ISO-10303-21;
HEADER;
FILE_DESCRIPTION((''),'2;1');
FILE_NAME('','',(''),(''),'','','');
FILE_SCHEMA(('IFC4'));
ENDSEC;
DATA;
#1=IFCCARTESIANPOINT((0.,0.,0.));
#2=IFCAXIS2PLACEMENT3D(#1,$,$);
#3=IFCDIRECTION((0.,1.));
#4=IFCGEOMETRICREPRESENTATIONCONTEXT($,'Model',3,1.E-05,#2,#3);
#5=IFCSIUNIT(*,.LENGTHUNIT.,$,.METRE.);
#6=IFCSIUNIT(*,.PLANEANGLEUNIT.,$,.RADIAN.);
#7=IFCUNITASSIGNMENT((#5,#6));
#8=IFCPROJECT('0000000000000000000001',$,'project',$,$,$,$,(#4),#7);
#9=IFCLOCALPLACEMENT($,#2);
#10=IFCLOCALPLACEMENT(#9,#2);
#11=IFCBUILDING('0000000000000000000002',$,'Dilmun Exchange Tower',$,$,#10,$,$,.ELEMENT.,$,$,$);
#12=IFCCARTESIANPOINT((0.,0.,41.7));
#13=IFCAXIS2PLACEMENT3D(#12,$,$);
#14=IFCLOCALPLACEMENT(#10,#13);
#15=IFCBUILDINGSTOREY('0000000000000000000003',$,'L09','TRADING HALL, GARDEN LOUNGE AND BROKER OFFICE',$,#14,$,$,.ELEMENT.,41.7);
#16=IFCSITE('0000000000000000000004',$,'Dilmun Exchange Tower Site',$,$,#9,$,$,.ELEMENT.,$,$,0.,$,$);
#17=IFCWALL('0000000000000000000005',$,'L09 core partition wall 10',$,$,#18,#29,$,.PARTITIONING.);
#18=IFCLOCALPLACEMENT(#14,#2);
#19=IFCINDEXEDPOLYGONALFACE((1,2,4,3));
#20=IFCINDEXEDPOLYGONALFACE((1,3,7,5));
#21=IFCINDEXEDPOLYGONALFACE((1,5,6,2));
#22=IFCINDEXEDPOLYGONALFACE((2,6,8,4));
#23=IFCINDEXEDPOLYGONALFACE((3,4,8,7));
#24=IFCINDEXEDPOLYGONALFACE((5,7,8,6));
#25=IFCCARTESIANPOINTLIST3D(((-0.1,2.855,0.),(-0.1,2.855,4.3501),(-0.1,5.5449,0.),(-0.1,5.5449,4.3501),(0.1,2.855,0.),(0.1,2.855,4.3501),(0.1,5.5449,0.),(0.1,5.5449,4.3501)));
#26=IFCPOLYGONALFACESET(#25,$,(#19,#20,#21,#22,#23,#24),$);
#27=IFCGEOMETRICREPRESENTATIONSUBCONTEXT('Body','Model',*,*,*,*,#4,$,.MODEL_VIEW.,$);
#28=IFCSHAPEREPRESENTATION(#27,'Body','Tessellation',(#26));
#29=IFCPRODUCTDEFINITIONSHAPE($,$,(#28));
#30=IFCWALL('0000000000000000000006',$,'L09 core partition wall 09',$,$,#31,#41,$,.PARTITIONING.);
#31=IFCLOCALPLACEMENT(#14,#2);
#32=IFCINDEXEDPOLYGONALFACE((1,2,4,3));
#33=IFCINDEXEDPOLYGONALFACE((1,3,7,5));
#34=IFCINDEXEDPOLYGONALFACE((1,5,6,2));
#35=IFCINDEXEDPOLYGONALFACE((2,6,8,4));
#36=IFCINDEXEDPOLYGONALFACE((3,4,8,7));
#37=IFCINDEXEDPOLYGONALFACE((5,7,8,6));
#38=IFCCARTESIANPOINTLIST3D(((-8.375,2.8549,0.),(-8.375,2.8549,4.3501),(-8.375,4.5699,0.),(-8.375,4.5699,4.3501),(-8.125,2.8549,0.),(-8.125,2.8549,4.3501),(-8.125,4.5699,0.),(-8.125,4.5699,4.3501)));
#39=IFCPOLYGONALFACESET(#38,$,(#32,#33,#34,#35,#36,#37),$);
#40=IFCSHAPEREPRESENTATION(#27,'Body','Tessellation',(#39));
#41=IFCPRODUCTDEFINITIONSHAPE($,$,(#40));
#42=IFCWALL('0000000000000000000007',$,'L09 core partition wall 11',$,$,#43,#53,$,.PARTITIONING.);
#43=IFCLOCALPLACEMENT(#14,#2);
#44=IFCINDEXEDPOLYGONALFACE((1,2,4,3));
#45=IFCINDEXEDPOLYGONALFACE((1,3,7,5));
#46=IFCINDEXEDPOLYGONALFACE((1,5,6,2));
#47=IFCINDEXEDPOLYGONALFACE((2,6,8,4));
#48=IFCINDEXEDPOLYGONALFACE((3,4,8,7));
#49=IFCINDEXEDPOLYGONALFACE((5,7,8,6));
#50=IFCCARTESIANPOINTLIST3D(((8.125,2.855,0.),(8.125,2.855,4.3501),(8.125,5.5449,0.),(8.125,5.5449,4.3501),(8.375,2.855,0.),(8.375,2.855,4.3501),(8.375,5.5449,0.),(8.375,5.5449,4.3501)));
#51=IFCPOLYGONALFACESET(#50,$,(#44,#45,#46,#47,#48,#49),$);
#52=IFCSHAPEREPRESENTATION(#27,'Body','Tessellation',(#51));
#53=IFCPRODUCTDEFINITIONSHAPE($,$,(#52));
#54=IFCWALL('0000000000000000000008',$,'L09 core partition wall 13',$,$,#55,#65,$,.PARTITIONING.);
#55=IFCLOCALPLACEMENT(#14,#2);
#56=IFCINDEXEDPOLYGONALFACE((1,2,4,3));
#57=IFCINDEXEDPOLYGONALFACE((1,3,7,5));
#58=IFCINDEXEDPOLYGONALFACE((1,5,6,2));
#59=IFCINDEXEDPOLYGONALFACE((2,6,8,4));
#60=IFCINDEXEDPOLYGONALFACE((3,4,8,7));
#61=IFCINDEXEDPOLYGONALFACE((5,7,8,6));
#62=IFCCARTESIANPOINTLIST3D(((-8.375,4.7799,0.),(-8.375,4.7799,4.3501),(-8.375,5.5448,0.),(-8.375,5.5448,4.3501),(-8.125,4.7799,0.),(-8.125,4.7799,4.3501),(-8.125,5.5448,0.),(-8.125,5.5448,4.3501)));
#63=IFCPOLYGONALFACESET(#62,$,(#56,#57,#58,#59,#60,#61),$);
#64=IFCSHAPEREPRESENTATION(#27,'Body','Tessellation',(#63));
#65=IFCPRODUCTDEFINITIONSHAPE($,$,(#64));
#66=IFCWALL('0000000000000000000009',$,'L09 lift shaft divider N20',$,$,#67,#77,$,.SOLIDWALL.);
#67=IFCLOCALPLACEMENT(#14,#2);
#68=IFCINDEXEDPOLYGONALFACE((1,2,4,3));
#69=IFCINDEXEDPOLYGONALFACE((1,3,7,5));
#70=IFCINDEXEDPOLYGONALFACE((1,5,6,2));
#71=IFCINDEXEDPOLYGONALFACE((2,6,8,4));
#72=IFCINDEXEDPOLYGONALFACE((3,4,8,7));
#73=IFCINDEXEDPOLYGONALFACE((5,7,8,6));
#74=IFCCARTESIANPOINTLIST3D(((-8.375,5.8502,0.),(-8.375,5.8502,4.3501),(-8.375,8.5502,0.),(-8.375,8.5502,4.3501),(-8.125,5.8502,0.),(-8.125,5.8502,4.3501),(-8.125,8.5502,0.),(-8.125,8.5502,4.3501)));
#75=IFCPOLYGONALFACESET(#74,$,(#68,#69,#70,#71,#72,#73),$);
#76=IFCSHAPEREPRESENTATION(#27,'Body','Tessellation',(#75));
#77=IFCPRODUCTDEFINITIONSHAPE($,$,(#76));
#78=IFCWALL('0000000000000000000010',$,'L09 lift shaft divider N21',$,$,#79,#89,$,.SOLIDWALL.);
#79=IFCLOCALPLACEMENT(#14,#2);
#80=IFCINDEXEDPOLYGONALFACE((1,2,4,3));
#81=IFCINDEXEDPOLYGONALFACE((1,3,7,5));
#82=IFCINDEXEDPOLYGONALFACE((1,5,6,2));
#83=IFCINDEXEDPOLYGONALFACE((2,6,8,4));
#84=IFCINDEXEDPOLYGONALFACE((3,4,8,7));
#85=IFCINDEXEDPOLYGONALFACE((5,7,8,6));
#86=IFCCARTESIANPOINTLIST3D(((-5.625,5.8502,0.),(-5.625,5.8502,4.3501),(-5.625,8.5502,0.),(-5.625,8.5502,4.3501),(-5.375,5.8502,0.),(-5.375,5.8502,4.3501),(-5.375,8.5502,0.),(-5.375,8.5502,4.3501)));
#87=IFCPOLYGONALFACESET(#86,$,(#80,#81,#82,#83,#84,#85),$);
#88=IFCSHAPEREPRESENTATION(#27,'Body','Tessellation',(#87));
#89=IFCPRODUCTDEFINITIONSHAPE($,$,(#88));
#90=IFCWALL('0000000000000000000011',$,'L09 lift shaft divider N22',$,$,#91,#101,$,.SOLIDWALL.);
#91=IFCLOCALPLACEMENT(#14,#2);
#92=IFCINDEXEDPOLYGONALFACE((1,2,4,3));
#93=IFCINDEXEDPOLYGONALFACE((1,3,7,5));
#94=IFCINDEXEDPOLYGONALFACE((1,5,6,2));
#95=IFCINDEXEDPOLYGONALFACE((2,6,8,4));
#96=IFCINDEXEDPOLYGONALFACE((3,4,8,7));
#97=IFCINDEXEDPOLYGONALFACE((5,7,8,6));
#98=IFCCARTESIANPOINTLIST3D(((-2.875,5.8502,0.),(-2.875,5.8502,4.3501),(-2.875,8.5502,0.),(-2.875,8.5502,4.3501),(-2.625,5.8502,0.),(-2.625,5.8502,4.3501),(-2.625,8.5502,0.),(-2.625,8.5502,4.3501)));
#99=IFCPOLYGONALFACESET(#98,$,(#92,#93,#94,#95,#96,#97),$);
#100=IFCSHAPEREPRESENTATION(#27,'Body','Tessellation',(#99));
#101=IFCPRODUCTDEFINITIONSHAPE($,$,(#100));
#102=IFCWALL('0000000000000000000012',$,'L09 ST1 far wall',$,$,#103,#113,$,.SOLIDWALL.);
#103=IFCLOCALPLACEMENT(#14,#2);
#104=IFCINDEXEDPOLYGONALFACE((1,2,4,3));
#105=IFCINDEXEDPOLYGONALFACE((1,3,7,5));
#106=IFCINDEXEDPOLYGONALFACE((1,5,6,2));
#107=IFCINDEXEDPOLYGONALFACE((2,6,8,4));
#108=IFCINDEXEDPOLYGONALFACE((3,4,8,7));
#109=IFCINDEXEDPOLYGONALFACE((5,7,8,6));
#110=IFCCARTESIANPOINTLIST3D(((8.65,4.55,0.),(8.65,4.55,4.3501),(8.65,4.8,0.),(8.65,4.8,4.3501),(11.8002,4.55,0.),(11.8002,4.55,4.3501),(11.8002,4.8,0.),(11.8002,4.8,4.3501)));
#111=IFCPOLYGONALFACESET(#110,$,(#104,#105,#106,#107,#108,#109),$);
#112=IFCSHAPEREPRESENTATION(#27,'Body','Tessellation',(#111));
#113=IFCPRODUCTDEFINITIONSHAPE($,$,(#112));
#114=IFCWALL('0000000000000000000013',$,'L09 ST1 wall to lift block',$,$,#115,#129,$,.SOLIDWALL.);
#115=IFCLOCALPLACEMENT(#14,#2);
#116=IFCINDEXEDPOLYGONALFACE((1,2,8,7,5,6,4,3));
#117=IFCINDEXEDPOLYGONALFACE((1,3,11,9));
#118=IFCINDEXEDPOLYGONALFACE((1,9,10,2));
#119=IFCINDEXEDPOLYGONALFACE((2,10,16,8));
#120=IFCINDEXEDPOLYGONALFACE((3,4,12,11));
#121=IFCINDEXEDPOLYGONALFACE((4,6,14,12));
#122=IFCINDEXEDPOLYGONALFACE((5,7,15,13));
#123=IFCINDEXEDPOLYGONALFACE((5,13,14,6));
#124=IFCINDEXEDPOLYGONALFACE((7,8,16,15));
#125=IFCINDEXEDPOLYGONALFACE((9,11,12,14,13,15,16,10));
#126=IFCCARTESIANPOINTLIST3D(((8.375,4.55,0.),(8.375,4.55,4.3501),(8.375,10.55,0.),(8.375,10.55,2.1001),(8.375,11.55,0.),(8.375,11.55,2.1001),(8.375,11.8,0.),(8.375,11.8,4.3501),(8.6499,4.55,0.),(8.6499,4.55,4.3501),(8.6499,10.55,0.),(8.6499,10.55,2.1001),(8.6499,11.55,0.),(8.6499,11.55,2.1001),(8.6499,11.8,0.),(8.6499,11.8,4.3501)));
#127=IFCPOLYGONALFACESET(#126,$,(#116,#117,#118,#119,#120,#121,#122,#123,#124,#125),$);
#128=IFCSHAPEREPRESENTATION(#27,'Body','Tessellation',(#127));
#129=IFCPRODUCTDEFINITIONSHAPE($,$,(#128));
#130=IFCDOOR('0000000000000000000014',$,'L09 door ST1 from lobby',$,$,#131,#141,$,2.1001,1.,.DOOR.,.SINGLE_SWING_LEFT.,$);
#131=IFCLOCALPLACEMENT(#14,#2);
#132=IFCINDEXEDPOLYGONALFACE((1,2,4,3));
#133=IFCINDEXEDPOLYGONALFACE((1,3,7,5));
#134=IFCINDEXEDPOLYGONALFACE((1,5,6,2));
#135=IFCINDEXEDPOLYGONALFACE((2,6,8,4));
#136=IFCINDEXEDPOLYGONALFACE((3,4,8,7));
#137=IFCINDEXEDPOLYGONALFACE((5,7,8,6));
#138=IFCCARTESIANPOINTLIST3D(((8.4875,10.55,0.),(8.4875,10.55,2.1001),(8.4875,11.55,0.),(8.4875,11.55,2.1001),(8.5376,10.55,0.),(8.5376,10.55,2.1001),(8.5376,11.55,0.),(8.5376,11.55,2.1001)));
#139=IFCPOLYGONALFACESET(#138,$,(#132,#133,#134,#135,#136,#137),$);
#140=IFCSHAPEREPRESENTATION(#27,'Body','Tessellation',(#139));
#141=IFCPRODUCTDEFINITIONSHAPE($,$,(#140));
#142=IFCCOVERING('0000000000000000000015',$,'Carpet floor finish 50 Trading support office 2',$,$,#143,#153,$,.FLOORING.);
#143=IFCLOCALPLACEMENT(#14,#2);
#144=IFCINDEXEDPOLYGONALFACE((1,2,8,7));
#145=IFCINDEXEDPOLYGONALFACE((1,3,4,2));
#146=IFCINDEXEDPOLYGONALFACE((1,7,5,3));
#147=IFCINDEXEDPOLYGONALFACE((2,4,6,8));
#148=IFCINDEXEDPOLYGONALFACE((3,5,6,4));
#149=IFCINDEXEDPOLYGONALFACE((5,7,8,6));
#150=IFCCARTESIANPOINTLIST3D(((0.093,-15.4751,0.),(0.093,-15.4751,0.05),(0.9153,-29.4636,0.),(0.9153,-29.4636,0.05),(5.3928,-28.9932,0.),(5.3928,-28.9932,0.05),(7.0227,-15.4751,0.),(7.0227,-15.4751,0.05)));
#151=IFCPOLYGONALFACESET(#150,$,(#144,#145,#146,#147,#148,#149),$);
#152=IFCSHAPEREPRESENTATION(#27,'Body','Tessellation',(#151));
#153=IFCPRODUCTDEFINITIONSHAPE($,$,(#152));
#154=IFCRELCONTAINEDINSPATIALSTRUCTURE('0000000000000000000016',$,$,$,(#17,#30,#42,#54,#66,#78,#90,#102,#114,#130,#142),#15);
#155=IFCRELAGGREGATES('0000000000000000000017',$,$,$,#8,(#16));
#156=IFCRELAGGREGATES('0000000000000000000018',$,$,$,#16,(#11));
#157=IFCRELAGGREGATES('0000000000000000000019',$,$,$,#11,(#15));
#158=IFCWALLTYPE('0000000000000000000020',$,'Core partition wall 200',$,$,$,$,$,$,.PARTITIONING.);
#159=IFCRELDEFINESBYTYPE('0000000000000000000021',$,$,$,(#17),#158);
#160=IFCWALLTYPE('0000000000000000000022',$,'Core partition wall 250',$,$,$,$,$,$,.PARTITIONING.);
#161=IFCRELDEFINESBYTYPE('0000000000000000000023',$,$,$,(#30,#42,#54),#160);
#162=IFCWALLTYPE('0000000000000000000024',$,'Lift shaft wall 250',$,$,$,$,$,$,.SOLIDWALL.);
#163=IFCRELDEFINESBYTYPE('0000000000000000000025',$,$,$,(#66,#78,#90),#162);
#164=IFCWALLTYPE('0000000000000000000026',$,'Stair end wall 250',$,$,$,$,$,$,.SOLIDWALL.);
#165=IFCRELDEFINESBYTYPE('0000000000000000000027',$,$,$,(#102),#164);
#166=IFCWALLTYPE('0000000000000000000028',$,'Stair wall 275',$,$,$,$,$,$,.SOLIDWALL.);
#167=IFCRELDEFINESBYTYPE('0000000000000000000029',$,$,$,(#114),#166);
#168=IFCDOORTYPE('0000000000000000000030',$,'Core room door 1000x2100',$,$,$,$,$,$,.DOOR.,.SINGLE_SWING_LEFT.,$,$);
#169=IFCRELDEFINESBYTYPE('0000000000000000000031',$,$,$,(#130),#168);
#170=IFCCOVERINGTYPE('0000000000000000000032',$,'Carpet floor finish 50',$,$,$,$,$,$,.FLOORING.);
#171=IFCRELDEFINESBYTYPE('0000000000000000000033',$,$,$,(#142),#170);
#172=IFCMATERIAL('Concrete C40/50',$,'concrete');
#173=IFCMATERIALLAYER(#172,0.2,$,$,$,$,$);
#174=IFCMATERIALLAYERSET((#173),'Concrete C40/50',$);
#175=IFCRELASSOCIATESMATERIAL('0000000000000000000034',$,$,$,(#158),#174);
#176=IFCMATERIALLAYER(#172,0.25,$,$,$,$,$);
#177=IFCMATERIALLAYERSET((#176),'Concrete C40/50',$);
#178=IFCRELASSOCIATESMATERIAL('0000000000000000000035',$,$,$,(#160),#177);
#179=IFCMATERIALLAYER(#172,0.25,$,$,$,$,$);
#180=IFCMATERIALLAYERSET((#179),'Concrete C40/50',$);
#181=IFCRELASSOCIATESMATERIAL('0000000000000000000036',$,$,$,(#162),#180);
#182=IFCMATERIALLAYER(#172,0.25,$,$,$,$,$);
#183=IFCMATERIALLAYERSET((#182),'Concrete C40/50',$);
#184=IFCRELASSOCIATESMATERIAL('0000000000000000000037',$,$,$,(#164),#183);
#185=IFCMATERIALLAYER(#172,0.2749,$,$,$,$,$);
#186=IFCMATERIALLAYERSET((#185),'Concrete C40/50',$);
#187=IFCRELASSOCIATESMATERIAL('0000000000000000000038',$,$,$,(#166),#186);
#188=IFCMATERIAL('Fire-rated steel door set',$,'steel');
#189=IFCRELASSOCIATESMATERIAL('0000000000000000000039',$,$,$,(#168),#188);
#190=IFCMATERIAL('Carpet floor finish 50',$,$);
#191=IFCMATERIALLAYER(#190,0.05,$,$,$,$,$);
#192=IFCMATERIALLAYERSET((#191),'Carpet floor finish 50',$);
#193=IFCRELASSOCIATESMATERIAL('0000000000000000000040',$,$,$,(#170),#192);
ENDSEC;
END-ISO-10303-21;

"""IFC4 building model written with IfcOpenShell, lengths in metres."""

from ifc_helpers import new_model, si_unit, direction, frame, frame_2d, origin, place, context, subcontext, project, spatial, polyline, rectangle, outline, extrude, material, layer, layer_set, type_object, element, fill, save


model = new_model("IFC4")

# Units and contexts
model_context = context("Model", 3, precision=1e-05, world=origin(), true_north=direction((0.0, 1.0)))
body_context = subcontext(model_context, "Body", "Model", "MODEL_VIEW")
ifc_project = project(units=[si_unit("LENGTHUNIT", "METRE"), si_unit("PLANEANGLEUNIT", "RADIAN")], contexts=[model_context])

# Site, building, storey
site_placement = place(None, origin())
site = spatial("IfcSite", under=ifc_project, at=site_placement, Name="Dilmun Exchange Tower Site", CompositionType="ELEMENT", RefElevation=0.0)
building_placement = place(site_placement, origin())
building = spatial("IfcBuilding", under=site, at=building_placement, Name="Dilmun Exchange Tower", CompositionType="ELEMENT")
storey_placement = place(building_placement, frame((0.0, 0.0, 41.7)))
storey = spatial("IfcBuildingStorey", under=building, at=storey_placement, Name="L09", Description="TRADING HALL, GARDEN LOUNGE AND BROKER OFFICE", CompositionType="ELEMENT", Elevation=41.7)

# Walls
ifc_material_1 = material(Name="Concrete C40/50", Category="concrete")
ifc_layer_1 = layer(ifc_material_1, 0.2)
ifc_layer_set_1 = layer_set([ifc_layer_1], Name="Concrete C40/50")
wall_type_1 = type_object("IfcWallType", Name="Core partition wall 200", PredefinedType="PARTITIONING", material=ifc_layer_set_1)
wall_1_placement = place(storey_placement, frame((0.0, 2.855, 0.0), z_axis=(0.0, 0.0, 1.0), x_axis=(0.0, 1.0, 0.0)))
element("IfcWall", 1, at=wall_1_placement, inside=storey, type_object=wall_type_1, Name="L09 core partition wall 10", PredefinedType="PARTITIONING", context=body_context, shape_type="SweptSolid", body=[
    extrude(rectangle(XDim=2.6899, YDim=0.2, at=frame_2d((1.345, 0.0))), origin(), (0.0, 0.0, 1.0), 4.3501),
])
ifc_layer_2 = layer(ifc_material_1, 0.25)
ifc_layer_set_2 = layer_set([ifc_layer_2], Name="Concrete C40/50")
wall_type_2 = type_object("IfcWallType", Name="Core partition wall 250", PredefinedType="PARTITIONING", material=ifc_layer_set_2)
wall_2_placement = place(storey_placement, frame((-8.25, 2.855, 0.0), z_axis=(0.0, 0.0, 1.0), x_axis=(0.0, 1.0, 0.0)))
element("IfcWall", 2, at=wall_2_placement, inside=storey, type_object=wall_type_2, Name="L09 core partition wall 09", PredefinedType="PARTITIONING", context=body_context, shape_type="SweptSolid", body=[
    extrude(rectangle(XDim=1.7151, YDim=0.25, at=frame_2d((0.8574, 0.0))), origin(), (0.0, 0.0, 1.0), 4.3501),
])
wall_3_placement = place(storey_placement, frame((8.25, 2.855, 0.0), z_axis=(0.0, 0.0, 1.0), x_axis=(0.0, 1.0, 0.0)))
element("IfcWall", 3, at=wall_3_placement, inside=storey, type_object=wall_type_2, Name="L09 core partition wall 11", PredefinedType="PARTITIONING", context=body_context, shape_type="SweptSolid", body=[
    extrude(rectangle(XDim=2.6899, YDim=0.25, at=frame_2d((1.345, 0.0))), origin(), (0.0, 0.0, 1.0), 4.3501),
])
wall_4_placement = place(storey_placement, frame((-8.25, 4.78, 0.0), z_axis=(0.0, 0.0, 1.0), x_axis=(0.0, 1.0, 0.0)))
element("IfcWall", 4, at=wall_4_placement, inside=storey, type_object=wall_type_2, Name="L09 core partition wall 13", PredefinedType="PARTITIONING", context=body_context, shape_type="SweptSolid", body=[
    extrude(rectangle(XDim=0.7649, YDim=0.25, at=frame_2d((0.3823, 0.0))), origin(), (0.0, 0.0, 1.0), 4.3501),
])
ifc_layer_3 = layer(ifc_material_1, 0.25)
ifc_layer_set_3 = layer_set([ifc_layer_3], Name="Concrete C40/50")
wall_type_3 = type_object("IfcWallType", Name="Lift shaft wall 250", PredefinedType="SOLIDWALL", material=ifc_layer_set_3)
for number, where, z_axis, x_axis, name in (
    (5, (-8.25, 5.8501, 0.0), (0.0, 0.0, 1.0), (0.0, 1.0, 0.0), "L09 lift shaft divider N20"),
    (6, (-5.5, 5.8501, 0.0), (0.0, 0.0, 1.0), (0.0, 1.0, 0.0), "L09 lift shaft divider N21"),
    (7, (-2.75, 5.8501, 0.0), (0.0, 0.0, 1.0), (0.0, 1.0, 0.0), "L09 lift shaft divider N22"),
):
    element("IfcWall", number, at=place(storey_placement, frame(where, z_axis=z_axis, x_axis=x_axis)), inside=storey, type_object=wall_type_3, Name=name, PredefinedType="SOLIDWALL", context=body_context, shape_type="SweptSolid", body=[
        extrude(rectangle(XDim=2.7, YDim=0.25, at=frame_2d((1.3501, 0.0))), origin(), (0.0, 0.0, 1.0), 4.3501),
    ])
ifc_layer_4 = layer(ifc_material_1, 0.25)
ifc_layer_set_4 = layer_set([ifc_layer_4], Name="Concrete C40/50")
wall_type_4 = type_object("IfcWallType", Name="Stair end wall 250", PredefinedType="SOLIDWALL", material=ifc_layer_set_4)
wall_5_placement = place(storey_placement, frame((8.6499, 4.675, 0.0), z_axis=(0.0, 0.0, 1.0), x_axis=(1.0, 0.0, 0.0)))
element("IfcWall", 8, at=wall_5_placement, inside=storey, type_object=wall_type_4, Name="L09 ST1 far wall", PredefinedType="SOLIDWALL", context=body_context, shape_type="SweptSolid", body=[
    extrude(rectangle(XDim=3.1501, YDim=0.25, at=frame_2d((1.5752, 0.0))), origin(), (0.0, 0.0, 1.0), 4.3501),
])

# Wall, opening, door
ifc_layer_5 = layer(ifc_material_1, 0.2749)
ifc_layer_set_5 = layer_set([ifc_layer_5], Name="Concrete C40/50")
wall_type_5 = type_object("IfcWallType", Name="Stair wall 275", PredefinedType="SOLIDWALL", material=ifc_layer_set_5)
wall_6_placement = place(storey_placement, frame((8.5125, 4.55, 0.0), z_axis=(0.0, 0.0, 1.0), x_axis=(0.0, 1.0, 0.0)))
wall_6 = element("IfcWall", 9, at=wall_6_placement, inside=storey, type_object=wall_type_5, Name="L09 ST1 wall to lift block", PredefinedType="SOLIDWALL", context=body_context, shape_type="SweptSolid", body=[
    extrude(rectangle(XDim=7.25, YDim=0.2749, at=frame_2d((3.625, 0.0))), origin(), (0.0, 0.0, 1.0), 4.3501),
])
opening_placement = place(wall_6_placement, frame((6.0, 0.0, 0.0)))
opening = element("IfcOpeningElement", 10, at=opening_placement, cuts=wall_6, PredefinedType="OPENING", context=body_context, shape_type="SweptSolid", body=[
    extrude(rectangle(XDim=1.0, YDim=2.1001, at=frame_2d((0.5, 1.05))), frame((0.0, 0.1475, 0.0), z_axis=(0.0, -1.0, 0.0), x_axis=(1.0, 0.0, 0.0)), (0.0, 0.0, 1.0), 0.2949),
])
ifc_material_2 = material(Name="Fire-rated steel door set", Category="steel")
door_type = type_object("IfcDoorType", Name="Core room door 1000x2100", OperationType="SINGLE_SWING_LEFT", PredefinedType="DOOR", material=ifc_material_2)
door_placement = place(opening_placement, origin())
door = element("IfcDoor", 11, at=door_placement, inside=storey, type_object=door_type, Name="L09 door ST1 from lobby", OperationType="SINGLE_SWING_LEFT", OverallHeight=2.1001, OverallWidth=1.0, PredefinedType="DOOR", context=body_context, shape_type="SweptSolid", body=[
    extrude(rectangle(XDim=1.0, YDim=2.1001, at=frame_2d((0.5, 1.05))), frame((0.0, 0.0249, 0.0), z_axis=(0.0, -1.0, 0.0), x_axis=(1.0, 0.0, 0.0)), (0.0, 0.0, 1.0), 0.05),
])
fill(opening, door)

# Covering
ifc_material_3 = material(Name="Carpet floor finish 50")
ifc_layer_6 = layer(ifc_material_3, 0.05)
ifc_layer_set_6 = layer_set([ifc_layer_6], Name="Carpet floor finish 50")
covering_type_1 = type_object("IfcCoveringType", Name="Carpet floor finish 50", PredefinedType="FLOORING", material=ifc_layer_set_6)
covering_1_placement = place(storey_placement, origin())
element("IfcCovering", 12, at=covering_1_placement, inside=storey, type_object=covering_type_1, Name="Carpet floor finish 50 Trading support office 2", PredefinedType="FLOORING", context=body_context, shape_type="SweptSolid", body=[
    extrude(outline(polyline([(0.093, -15.4751), (7.0227, -15.4751), (5.3928, -28.9932), (0.9153, -29.4636), (0.093, -15.4751)])), origin(), (0.0, 0.0, 1.0), 0.05),
])

save(model, "model.ifc")
